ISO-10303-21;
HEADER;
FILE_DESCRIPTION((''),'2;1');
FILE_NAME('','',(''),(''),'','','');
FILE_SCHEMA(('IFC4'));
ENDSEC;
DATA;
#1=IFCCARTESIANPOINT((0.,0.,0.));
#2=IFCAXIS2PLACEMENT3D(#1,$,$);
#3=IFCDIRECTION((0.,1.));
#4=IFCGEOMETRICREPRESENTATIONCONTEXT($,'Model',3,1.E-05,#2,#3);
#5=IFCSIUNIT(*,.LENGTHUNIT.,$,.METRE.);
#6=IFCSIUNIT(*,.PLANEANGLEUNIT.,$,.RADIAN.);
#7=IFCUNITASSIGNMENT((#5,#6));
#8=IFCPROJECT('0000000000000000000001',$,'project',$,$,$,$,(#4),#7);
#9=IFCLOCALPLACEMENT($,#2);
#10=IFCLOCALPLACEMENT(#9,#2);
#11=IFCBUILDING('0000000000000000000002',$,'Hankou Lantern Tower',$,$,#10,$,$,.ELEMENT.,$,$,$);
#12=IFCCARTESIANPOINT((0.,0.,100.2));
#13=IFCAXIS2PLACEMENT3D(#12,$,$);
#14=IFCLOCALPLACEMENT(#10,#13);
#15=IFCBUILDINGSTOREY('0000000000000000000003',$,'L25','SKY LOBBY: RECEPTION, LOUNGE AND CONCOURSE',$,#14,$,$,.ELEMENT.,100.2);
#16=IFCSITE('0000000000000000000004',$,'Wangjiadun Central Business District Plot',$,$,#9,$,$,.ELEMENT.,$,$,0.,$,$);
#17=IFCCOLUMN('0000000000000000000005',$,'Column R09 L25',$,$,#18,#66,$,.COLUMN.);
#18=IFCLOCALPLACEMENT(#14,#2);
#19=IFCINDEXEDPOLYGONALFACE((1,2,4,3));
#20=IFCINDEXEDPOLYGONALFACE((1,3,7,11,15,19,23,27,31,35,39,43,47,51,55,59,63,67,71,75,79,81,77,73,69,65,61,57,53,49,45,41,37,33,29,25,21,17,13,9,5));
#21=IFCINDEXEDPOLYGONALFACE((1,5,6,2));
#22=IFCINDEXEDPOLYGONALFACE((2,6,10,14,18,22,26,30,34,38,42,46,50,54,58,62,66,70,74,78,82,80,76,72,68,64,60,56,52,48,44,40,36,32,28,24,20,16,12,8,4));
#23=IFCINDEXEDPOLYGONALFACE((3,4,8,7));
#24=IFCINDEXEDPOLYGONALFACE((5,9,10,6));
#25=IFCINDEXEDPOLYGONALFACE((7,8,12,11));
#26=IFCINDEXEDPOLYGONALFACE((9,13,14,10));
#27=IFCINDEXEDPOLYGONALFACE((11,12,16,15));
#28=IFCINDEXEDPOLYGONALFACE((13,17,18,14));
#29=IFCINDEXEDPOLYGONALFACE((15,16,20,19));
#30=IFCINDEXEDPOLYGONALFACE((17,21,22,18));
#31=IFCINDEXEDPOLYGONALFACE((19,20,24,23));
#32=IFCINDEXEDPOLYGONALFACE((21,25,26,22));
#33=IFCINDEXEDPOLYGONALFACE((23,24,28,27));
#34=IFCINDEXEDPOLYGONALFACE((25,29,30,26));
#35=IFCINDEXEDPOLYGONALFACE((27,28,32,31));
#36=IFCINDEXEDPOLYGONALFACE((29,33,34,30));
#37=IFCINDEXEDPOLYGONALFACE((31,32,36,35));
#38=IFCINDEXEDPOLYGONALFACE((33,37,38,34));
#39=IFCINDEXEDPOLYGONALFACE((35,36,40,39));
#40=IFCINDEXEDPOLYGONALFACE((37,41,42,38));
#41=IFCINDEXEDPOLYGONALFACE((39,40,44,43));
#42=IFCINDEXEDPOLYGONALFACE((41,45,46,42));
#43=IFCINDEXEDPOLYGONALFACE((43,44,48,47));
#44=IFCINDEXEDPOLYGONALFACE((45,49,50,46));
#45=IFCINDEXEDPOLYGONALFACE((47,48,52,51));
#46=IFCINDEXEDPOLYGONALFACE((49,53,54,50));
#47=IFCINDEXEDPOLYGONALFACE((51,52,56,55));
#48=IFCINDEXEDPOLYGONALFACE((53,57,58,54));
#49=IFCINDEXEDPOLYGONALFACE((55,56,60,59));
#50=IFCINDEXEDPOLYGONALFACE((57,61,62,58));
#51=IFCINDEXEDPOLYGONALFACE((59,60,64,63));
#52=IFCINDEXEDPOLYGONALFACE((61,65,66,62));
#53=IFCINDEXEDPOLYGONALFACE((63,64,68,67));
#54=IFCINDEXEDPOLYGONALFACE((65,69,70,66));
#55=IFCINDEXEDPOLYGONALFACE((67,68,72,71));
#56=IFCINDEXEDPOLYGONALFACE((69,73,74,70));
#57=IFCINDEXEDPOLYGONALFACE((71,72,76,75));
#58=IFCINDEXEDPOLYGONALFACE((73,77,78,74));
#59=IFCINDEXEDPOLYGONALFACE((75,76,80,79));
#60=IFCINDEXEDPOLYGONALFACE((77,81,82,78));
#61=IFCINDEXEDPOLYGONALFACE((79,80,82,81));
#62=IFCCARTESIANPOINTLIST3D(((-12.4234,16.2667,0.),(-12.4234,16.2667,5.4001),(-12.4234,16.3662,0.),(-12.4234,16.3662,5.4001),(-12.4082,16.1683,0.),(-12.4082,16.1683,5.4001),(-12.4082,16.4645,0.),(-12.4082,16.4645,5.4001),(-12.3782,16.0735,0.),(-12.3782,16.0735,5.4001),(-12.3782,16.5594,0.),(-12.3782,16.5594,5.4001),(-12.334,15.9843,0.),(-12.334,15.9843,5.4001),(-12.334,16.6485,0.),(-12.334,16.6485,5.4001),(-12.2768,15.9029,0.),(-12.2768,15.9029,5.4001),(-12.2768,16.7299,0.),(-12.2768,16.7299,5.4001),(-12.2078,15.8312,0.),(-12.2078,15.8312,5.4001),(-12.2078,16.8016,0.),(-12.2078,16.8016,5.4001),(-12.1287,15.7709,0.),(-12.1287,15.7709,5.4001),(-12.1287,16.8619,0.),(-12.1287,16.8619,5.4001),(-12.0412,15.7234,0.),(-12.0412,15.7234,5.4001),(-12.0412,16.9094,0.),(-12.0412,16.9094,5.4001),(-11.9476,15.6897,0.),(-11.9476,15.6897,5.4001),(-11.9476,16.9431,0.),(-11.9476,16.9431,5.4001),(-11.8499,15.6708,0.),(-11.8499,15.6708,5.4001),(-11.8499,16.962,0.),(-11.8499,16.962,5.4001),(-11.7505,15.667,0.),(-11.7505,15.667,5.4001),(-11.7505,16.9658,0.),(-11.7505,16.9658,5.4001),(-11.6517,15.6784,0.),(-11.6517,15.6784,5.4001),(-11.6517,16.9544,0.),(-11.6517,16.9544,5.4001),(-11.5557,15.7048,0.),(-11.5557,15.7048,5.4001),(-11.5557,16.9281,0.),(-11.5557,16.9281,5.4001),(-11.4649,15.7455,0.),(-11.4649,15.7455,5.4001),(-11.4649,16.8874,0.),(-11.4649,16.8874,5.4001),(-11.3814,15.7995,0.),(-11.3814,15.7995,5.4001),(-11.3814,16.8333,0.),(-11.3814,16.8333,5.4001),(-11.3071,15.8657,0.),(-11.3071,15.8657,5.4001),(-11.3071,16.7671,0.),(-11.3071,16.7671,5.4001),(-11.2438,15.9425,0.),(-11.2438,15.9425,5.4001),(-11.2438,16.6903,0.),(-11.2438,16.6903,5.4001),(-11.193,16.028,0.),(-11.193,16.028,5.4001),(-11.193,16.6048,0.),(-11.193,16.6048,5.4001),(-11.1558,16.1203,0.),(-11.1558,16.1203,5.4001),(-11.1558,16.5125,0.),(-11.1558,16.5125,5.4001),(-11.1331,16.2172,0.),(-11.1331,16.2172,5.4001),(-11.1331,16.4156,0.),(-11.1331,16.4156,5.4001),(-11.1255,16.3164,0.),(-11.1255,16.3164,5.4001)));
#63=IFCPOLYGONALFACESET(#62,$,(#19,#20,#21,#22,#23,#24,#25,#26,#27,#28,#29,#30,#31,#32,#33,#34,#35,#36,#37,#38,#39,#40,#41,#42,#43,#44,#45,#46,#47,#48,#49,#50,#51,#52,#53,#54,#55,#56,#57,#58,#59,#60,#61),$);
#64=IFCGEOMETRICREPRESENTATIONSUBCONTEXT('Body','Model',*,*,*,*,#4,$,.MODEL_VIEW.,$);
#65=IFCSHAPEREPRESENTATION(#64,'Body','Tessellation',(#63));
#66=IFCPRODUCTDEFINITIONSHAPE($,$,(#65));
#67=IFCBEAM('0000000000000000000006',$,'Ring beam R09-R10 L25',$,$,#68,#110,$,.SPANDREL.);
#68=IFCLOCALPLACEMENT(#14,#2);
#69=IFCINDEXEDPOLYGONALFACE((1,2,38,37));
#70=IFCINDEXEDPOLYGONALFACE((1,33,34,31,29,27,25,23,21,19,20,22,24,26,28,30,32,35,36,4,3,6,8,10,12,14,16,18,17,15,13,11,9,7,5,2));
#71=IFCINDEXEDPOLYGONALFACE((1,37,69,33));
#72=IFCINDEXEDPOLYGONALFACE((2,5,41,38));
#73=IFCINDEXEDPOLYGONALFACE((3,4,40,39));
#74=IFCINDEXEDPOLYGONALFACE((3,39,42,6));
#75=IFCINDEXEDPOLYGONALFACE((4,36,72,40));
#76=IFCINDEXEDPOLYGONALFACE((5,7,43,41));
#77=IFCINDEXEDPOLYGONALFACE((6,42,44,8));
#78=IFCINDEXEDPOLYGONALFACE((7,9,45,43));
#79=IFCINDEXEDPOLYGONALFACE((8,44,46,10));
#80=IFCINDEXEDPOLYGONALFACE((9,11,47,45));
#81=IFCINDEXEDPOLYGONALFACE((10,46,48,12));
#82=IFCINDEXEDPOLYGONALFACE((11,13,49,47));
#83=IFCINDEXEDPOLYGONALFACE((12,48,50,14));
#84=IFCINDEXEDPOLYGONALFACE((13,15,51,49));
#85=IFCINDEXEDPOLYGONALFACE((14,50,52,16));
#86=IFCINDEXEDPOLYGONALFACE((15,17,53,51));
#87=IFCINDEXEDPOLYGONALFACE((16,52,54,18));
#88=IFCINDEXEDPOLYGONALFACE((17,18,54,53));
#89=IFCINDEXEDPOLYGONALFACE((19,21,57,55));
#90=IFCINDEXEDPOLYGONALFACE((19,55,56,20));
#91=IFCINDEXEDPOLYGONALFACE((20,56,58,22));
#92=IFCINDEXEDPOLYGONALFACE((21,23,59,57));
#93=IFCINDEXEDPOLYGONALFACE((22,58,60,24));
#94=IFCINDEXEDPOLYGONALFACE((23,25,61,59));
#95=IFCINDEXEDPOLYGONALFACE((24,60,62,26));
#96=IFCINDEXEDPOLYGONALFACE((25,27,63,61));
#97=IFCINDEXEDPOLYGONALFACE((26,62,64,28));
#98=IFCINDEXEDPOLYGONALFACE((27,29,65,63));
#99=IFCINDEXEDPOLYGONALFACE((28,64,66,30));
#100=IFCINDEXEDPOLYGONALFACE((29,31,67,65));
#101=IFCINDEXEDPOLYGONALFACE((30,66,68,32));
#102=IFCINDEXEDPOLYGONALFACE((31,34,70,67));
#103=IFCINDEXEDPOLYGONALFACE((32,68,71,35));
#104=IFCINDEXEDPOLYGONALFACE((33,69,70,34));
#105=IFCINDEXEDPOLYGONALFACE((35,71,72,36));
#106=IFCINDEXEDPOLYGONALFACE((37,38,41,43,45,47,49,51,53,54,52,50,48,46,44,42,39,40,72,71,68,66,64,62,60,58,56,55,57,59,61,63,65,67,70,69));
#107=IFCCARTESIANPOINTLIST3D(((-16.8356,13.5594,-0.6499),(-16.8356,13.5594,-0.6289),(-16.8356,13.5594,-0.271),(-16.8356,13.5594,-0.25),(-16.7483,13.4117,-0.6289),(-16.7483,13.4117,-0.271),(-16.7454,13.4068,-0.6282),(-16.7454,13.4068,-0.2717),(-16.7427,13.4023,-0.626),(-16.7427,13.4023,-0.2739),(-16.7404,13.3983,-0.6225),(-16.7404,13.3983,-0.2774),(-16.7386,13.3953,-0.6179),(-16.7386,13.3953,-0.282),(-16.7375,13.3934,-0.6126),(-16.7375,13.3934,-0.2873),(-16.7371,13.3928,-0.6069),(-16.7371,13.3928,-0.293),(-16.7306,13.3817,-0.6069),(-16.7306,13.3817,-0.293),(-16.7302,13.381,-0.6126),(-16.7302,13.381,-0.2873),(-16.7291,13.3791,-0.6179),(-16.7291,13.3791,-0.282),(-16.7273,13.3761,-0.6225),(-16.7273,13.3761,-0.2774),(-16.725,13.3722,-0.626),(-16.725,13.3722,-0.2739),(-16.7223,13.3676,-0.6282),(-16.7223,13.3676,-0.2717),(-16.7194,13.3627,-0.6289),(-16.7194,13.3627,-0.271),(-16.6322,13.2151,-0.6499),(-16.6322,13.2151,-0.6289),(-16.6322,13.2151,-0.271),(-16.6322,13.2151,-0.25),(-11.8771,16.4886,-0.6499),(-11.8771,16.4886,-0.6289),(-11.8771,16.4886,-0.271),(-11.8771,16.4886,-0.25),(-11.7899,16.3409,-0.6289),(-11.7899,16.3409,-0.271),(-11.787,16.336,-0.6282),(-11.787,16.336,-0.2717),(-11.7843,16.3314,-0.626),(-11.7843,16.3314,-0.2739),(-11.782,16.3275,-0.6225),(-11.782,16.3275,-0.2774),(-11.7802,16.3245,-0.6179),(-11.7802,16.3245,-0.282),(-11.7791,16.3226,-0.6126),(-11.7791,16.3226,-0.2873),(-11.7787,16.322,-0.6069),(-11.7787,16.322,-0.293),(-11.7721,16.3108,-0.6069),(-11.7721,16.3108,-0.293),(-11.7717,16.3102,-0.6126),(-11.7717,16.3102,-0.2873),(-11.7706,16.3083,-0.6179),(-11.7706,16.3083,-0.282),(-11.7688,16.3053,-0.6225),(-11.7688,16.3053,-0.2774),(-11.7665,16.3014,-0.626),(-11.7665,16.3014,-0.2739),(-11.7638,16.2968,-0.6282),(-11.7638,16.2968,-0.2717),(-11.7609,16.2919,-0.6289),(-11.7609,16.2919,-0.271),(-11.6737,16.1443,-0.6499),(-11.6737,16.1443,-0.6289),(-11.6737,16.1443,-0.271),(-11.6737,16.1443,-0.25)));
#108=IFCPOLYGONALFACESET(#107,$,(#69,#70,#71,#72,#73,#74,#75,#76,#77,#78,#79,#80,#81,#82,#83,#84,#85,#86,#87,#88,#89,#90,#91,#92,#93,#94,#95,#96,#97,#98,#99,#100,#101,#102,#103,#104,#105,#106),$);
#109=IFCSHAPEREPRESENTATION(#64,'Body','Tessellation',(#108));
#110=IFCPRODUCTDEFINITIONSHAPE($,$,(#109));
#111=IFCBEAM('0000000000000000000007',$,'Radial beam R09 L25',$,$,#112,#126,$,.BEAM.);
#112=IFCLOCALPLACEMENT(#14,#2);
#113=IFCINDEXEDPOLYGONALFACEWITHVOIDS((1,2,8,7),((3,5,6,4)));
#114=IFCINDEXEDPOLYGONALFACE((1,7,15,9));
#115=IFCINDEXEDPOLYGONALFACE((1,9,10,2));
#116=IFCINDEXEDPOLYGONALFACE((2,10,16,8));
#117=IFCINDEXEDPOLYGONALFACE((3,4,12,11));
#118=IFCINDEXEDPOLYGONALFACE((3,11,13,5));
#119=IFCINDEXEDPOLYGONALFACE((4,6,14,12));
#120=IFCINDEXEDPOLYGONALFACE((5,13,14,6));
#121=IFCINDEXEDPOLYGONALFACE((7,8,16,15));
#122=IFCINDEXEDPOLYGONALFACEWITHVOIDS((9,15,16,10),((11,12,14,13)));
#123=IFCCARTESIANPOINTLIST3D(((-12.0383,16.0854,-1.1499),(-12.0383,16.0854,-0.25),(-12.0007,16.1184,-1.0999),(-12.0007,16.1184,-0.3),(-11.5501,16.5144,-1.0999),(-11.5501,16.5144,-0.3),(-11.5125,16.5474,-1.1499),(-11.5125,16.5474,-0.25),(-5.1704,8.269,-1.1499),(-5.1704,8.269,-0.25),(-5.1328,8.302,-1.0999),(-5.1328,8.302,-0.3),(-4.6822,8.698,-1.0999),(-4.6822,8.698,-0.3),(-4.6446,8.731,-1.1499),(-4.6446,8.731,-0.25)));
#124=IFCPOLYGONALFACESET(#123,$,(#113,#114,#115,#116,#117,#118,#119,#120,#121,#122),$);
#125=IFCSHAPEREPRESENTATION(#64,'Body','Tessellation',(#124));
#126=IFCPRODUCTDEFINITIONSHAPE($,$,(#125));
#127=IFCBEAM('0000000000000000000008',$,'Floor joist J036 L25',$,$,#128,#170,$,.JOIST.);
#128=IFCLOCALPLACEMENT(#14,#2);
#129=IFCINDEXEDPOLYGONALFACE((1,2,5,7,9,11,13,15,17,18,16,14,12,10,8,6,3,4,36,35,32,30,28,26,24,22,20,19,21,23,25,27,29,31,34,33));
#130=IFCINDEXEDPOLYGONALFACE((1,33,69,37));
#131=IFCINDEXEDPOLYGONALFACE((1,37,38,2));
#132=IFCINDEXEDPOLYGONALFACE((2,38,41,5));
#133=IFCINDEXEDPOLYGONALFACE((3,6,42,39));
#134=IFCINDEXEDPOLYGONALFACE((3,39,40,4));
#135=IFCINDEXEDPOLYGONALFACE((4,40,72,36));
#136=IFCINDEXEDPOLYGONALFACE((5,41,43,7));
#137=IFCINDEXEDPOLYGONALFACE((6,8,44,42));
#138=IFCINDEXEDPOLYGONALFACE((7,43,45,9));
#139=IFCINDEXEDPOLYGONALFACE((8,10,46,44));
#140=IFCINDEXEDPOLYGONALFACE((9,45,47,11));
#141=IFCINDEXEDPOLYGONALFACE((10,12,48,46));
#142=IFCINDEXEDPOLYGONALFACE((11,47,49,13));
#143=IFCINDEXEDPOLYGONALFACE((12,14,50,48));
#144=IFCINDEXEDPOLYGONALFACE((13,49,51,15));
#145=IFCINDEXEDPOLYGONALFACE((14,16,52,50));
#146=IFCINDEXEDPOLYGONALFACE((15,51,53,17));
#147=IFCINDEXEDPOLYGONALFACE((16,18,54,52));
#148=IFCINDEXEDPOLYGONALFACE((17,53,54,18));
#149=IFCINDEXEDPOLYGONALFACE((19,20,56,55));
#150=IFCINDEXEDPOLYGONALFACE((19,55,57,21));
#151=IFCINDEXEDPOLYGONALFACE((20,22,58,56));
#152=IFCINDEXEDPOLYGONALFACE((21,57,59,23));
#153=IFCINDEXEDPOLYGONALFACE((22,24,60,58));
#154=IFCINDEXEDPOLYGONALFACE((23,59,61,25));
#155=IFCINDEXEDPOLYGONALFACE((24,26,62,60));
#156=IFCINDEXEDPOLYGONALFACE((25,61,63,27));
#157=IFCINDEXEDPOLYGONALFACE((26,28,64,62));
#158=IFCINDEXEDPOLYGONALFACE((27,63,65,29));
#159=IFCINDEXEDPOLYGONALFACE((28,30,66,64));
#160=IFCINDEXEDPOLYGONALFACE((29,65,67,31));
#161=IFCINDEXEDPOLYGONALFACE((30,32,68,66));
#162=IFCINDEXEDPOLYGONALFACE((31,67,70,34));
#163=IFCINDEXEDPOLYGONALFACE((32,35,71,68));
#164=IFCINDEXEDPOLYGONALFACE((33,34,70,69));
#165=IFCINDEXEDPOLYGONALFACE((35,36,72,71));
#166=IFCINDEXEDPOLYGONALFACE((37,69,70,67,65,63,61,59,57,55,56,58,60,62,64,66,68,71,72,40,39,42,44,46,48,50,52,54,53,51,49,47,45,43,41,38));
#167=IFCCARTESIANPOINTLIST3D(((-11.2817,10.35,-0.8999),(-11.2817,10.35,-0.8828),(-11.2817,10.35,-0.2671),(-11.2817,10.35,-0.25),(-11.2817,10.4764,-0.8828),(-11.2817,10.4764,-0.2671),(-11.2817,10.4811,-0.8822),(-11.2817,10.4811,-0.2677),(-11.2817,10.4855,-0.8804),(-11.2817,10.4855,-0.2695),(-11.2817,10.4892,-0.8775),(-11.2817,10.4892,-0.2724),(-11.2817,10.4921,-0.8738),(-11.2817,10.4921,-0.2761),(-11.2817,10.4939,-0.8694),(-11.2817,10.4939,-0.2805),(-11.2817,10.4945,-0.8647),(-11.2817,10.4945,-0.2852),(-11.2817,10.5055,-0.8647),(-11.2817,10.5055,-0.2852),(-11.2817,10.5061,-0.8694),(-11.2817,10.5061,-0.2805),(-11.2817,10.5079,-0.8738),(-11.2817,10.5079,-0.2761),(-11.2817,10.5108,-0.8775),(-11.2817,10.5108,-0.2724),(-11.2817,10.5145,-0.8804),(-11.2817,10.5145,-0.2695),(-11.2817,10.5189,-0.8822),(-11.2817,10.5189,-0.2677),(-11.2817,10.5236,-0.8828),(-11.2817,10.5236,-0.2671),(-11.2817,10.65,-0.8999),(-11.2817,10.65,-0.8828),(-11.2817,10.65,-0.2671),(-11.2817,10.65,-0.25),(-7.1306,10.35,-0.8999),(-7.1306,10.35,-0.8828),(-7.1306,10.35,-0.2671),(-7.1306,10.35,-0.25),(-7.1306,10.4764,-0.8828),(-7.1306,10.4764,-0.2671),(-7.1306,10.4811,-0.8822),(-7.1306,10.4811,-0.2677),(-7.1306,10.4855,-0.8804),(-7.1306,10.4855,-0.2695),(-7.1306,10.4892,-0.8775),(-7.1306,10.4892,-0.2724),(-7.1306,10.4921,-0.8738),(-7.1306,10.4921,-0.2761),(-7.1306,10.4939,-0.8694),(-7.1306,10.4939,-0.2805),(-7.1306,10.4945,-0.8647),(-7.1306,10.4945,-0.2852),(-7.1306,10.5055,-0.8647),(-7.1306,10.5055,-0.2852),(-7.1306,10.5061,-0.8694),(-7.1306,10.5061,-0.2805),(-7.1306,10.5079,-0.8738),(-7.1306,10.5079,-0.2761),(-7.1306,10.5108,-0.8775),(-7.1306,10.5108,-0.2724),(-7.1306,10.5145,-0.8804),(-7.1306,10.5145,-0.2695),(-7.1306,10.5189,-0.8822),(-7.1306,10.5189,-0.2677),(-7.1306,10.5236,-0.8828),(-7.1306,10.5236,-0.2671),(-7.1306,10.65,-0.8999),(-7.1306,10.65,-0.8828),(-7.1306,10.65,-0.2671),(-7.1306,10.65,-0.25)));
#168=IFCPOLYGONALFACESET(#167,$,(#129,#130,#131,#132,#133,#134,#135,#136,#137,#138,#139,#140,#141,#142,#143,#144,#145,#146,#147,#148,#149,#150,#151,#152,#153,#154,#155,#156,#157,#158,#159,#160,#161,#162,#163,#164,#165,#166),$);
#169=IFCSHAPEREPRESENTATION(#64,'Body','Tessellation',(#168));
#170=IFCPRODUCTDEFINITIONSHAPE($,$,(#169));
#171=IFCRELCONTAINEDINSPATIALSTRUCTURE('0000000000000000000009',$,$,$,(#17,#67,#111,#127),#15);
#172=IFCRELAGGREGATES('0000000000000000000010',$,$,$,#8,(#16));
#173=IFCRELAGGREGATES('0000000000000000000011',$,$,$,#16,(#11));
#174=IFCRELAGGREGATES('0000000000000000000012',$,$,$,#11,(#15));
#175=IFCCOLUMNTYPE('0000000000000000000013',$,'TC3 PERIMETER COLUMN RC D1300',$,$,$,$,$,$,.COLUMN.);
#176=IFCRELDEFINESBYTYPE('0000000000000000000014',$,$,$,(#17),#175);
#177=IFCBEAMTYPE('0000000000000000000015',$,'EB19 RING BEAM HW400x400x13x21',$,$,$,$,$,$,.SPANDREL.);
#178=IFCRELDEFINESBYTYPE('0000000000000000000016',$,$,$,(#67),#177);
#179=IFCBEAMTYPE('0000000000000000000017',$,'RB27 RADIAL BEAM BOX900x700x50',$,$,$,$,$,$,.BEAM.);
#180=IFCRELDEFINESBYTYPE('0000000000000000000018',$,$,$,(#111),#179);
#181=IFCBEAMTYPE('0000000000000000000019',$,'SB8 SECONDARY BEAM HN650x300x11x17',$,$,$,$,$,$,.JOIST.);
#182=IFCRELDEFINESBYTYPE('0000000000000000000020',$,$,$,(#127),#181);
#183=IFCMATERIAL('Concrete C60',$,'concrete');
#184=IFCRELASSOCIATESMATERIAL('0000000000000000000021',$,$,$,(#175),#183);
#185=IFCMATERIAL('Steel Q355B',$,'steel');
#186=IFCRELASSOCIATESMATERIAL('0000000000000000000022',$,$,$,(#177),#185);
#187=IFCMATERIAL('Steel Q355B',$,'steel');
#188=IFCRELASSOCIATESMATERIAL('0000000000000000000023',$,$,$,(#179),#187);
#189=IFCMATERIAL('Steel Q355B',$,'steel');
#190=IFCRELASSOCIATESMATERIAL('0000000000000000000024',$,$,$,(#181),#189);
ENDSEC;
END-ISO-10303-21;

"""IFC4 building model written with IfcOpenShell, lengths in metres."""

from ifc_helpers import new_model, si_unit, direction, frame, origin, origin_2d, place, context, subcontext, project, spatial, hollow_rectangle, circle, i_section, extrude, material, material_profile, profile_set, type_object, element, save


model = new_model("IFC4")

# Units and contexts
model_context = context("Model", 3, precision=1e-05, world=origin(), true_north=direction((0.0, 1.0)))
body_context = subcontext(model_context, "Body", "Model", "MODEL_VIEW")
ifc_project = project(units=[si_unit("LENGTHUNIT", "METRE"), si_unit("PLANEANGLEUNIT", "RADIAN")], contexts=[model_context])

# Site, building, storey
site_placement = place(None, origin())
site = spatial("IfcSite", under=ifc_project, at=site_placement, Name="Wangjiadun Central Business District Plot", CompositionType="ELEMENT", RefElevation=0.0)
building_placement = place(site_placement, origin())
building = spatial("IfcBuilding", under=site, at=building_placement, Name="Hankou Lantern Tower", CompositionType="ELEMENT")
storey_placement = place(building_placement, frame((0.0, 0.0, 100.2)))
storey = spatial("IfcBuildingStorey", under=building, at=storey_placement, Name="L25", Description="SKY LOBBY: RECEPTION, LOUNGE AND CONCOURSE", CompositionType="ELEMENT", Elevation=100.2)

# Column
ifc_material_1 = material(Name="Concrete C60", Category="concrete")
ifc_material_profile_1 = material_profile(ifc_material_1, circle(Radius=0.6499, at=origin_2d()), Name="RC D1300")
ifc_profile_set_1 = profile_set([ifc_material_profile_1], Name="Concrete C60")
column_type = type_object("IfcColumnType", Name="TC3 PERIMETER COLUMN RC D1300", PredefinedType="COLUMN", material=ifc_profile_set_1)
column_placement = place(storey_placement, frame((-11.7754, 16.3164, 0.0), z_axis=(0.0, 0.0, 1.0), x_axis=(1.0, 0.0, 0.0)))
element("IfcColumn", 1, at=column_placement, inside=storey, type_object=column_type, Name="Column R09 L25", PredefinedType="COLUMN", context=body_context, shape_type="SweptSolid", body=[
    extrude(circle(Radius=0.6499, at=origin_2d()), origin(), (0.0, 0.0, 1.0), 5.4001),
])

# Beams
ifc_material_2 = material(Name="Steel Q355B", Category="steel")
ifc_material_profile_2 = material_profile(ifc_material_2, i_section(OverallWidth=0.3999, OverallDepth=0.3999, WebThickness=0.0129, FlangeThickness=0.021, FilletRadius=0.022, at=origin_2d()), Name="HW400x400x13x21")
ifc_profile_set_2 = profile_set([ifc_material_profile_2], Name="Steel Q355B")
beam_type_1 = type_object("IfcBeamType", Name="EB19 RING BEAM HW400x400x13x21", PredefinedType="SPANDREL", material=ifc_profile_set_2)
beam_1_placement = place(storey_placement, frame((-11.7754, 16.3164, -0.45), z_axis=(-0.860989, -0.508624, 0.0), x_axis=(0.508624, -0.860989, 0.0)))
element("IfcBeam", 2, at=beam_1_placement, inside=storey, type_object=beam_type_1, Name="Ring beam R09-R10 L25", PredefinedType="SPANDREL", context=body_context, shape_type="SweptSolid", body=[
    extrude(i_section(OverallWidth=0.3999, OverallDepth=0.3999, WebThickness=0.0129, FlangeThickness=0.021, FilletRadius=0.022, at=origin_2d()), origin(), (0.0, 0.0, 1.0), 5.759),
])
ifc_material_3 = material(Name="Steel Q355B", Category="steel")
ifc_material_profile_3 = material_profile(ifc_material_3, hollow_rectangle(XDim=0.7, YDim=0.8999, WallThickness=0.05, at=origin_2d()), Name="BOX900x700x50")
ifc_profile_set_3 = profile_set([ifc_material_profile_3], Name="Steel Q355B")
beam_type_2 = type_object("IfcBeamType", Name="RB27 RADIAL BEAM BOX900x700x50", PredefinedType="BEAM", material=ifc_profile_set_3)
beam_2_placement = place(storey_placement, frame((-4.9075, 8.5, -0.7), z_axis=(-0.660058, 0.751215, 0.0), x_axis=(-0.751215, -0.660058, 0.0)))
element("IfcBeam", 3, at=beam_2_placement, inside=storey, type_object=beam_type_2, Name="Radial beam R09 L25", PredefinedType="BEAM", context=body_context, shape_type="SweptSolid", body=[
    extrude(hollow_rectangle(XDim=0.7, YDim=0.8999, WallThickness=0.05, at=origin_2d()), origin(), (0.0, 0.0, 1.0), 10.405),
])
ifc_material_4 = material(Name="Steel Q355B", Category="steel")
ifc_material_profile_4 = material_profile(ifc_material_4, i_section(OverallWidth=0.3, OverallDepth=0.6499, WebThickness=0.011, FlangeThickness=0.0171, FilletRadius=0.0181, at=origin_2d()), Name="HN650x300x11x17")
ifc_profile_set_4 = profile_set([ifc_material_profile_4], Name="Steel Q355B")
beam_type_3 = type_object("IfcBeamType", Name="SB8 SECONDARY BEAM HN650x300x11x17", PredefinedType="JOIST", material=ifc_profile_set_4)
beam_3_placement = place(storey_placement, frame((-11.2817, 10.5, -0.575), z_axis=(1.0, 0.0, 0.0), x_axis=(0.0, 1.0, 0.0)))
element("IfcBeam", 4, at=beam_3_placement, inside=storey, type_object=beam_type_3, Name="Floor joist J036 L25", PredefinedType="JOIST", context=body_context, shape_type="SweptSolid", body=[
    extrude(i_section(OverallWidth=0.3, OverallDepth=0.6499, WebThickness=0.011, FlangeThickness=0.0171, FilletRadius=0.0181, at=origin_2d()), origin(), (0.0, 0.0, 1.0), 4.1511),
])

save(model, "model.ifc")
